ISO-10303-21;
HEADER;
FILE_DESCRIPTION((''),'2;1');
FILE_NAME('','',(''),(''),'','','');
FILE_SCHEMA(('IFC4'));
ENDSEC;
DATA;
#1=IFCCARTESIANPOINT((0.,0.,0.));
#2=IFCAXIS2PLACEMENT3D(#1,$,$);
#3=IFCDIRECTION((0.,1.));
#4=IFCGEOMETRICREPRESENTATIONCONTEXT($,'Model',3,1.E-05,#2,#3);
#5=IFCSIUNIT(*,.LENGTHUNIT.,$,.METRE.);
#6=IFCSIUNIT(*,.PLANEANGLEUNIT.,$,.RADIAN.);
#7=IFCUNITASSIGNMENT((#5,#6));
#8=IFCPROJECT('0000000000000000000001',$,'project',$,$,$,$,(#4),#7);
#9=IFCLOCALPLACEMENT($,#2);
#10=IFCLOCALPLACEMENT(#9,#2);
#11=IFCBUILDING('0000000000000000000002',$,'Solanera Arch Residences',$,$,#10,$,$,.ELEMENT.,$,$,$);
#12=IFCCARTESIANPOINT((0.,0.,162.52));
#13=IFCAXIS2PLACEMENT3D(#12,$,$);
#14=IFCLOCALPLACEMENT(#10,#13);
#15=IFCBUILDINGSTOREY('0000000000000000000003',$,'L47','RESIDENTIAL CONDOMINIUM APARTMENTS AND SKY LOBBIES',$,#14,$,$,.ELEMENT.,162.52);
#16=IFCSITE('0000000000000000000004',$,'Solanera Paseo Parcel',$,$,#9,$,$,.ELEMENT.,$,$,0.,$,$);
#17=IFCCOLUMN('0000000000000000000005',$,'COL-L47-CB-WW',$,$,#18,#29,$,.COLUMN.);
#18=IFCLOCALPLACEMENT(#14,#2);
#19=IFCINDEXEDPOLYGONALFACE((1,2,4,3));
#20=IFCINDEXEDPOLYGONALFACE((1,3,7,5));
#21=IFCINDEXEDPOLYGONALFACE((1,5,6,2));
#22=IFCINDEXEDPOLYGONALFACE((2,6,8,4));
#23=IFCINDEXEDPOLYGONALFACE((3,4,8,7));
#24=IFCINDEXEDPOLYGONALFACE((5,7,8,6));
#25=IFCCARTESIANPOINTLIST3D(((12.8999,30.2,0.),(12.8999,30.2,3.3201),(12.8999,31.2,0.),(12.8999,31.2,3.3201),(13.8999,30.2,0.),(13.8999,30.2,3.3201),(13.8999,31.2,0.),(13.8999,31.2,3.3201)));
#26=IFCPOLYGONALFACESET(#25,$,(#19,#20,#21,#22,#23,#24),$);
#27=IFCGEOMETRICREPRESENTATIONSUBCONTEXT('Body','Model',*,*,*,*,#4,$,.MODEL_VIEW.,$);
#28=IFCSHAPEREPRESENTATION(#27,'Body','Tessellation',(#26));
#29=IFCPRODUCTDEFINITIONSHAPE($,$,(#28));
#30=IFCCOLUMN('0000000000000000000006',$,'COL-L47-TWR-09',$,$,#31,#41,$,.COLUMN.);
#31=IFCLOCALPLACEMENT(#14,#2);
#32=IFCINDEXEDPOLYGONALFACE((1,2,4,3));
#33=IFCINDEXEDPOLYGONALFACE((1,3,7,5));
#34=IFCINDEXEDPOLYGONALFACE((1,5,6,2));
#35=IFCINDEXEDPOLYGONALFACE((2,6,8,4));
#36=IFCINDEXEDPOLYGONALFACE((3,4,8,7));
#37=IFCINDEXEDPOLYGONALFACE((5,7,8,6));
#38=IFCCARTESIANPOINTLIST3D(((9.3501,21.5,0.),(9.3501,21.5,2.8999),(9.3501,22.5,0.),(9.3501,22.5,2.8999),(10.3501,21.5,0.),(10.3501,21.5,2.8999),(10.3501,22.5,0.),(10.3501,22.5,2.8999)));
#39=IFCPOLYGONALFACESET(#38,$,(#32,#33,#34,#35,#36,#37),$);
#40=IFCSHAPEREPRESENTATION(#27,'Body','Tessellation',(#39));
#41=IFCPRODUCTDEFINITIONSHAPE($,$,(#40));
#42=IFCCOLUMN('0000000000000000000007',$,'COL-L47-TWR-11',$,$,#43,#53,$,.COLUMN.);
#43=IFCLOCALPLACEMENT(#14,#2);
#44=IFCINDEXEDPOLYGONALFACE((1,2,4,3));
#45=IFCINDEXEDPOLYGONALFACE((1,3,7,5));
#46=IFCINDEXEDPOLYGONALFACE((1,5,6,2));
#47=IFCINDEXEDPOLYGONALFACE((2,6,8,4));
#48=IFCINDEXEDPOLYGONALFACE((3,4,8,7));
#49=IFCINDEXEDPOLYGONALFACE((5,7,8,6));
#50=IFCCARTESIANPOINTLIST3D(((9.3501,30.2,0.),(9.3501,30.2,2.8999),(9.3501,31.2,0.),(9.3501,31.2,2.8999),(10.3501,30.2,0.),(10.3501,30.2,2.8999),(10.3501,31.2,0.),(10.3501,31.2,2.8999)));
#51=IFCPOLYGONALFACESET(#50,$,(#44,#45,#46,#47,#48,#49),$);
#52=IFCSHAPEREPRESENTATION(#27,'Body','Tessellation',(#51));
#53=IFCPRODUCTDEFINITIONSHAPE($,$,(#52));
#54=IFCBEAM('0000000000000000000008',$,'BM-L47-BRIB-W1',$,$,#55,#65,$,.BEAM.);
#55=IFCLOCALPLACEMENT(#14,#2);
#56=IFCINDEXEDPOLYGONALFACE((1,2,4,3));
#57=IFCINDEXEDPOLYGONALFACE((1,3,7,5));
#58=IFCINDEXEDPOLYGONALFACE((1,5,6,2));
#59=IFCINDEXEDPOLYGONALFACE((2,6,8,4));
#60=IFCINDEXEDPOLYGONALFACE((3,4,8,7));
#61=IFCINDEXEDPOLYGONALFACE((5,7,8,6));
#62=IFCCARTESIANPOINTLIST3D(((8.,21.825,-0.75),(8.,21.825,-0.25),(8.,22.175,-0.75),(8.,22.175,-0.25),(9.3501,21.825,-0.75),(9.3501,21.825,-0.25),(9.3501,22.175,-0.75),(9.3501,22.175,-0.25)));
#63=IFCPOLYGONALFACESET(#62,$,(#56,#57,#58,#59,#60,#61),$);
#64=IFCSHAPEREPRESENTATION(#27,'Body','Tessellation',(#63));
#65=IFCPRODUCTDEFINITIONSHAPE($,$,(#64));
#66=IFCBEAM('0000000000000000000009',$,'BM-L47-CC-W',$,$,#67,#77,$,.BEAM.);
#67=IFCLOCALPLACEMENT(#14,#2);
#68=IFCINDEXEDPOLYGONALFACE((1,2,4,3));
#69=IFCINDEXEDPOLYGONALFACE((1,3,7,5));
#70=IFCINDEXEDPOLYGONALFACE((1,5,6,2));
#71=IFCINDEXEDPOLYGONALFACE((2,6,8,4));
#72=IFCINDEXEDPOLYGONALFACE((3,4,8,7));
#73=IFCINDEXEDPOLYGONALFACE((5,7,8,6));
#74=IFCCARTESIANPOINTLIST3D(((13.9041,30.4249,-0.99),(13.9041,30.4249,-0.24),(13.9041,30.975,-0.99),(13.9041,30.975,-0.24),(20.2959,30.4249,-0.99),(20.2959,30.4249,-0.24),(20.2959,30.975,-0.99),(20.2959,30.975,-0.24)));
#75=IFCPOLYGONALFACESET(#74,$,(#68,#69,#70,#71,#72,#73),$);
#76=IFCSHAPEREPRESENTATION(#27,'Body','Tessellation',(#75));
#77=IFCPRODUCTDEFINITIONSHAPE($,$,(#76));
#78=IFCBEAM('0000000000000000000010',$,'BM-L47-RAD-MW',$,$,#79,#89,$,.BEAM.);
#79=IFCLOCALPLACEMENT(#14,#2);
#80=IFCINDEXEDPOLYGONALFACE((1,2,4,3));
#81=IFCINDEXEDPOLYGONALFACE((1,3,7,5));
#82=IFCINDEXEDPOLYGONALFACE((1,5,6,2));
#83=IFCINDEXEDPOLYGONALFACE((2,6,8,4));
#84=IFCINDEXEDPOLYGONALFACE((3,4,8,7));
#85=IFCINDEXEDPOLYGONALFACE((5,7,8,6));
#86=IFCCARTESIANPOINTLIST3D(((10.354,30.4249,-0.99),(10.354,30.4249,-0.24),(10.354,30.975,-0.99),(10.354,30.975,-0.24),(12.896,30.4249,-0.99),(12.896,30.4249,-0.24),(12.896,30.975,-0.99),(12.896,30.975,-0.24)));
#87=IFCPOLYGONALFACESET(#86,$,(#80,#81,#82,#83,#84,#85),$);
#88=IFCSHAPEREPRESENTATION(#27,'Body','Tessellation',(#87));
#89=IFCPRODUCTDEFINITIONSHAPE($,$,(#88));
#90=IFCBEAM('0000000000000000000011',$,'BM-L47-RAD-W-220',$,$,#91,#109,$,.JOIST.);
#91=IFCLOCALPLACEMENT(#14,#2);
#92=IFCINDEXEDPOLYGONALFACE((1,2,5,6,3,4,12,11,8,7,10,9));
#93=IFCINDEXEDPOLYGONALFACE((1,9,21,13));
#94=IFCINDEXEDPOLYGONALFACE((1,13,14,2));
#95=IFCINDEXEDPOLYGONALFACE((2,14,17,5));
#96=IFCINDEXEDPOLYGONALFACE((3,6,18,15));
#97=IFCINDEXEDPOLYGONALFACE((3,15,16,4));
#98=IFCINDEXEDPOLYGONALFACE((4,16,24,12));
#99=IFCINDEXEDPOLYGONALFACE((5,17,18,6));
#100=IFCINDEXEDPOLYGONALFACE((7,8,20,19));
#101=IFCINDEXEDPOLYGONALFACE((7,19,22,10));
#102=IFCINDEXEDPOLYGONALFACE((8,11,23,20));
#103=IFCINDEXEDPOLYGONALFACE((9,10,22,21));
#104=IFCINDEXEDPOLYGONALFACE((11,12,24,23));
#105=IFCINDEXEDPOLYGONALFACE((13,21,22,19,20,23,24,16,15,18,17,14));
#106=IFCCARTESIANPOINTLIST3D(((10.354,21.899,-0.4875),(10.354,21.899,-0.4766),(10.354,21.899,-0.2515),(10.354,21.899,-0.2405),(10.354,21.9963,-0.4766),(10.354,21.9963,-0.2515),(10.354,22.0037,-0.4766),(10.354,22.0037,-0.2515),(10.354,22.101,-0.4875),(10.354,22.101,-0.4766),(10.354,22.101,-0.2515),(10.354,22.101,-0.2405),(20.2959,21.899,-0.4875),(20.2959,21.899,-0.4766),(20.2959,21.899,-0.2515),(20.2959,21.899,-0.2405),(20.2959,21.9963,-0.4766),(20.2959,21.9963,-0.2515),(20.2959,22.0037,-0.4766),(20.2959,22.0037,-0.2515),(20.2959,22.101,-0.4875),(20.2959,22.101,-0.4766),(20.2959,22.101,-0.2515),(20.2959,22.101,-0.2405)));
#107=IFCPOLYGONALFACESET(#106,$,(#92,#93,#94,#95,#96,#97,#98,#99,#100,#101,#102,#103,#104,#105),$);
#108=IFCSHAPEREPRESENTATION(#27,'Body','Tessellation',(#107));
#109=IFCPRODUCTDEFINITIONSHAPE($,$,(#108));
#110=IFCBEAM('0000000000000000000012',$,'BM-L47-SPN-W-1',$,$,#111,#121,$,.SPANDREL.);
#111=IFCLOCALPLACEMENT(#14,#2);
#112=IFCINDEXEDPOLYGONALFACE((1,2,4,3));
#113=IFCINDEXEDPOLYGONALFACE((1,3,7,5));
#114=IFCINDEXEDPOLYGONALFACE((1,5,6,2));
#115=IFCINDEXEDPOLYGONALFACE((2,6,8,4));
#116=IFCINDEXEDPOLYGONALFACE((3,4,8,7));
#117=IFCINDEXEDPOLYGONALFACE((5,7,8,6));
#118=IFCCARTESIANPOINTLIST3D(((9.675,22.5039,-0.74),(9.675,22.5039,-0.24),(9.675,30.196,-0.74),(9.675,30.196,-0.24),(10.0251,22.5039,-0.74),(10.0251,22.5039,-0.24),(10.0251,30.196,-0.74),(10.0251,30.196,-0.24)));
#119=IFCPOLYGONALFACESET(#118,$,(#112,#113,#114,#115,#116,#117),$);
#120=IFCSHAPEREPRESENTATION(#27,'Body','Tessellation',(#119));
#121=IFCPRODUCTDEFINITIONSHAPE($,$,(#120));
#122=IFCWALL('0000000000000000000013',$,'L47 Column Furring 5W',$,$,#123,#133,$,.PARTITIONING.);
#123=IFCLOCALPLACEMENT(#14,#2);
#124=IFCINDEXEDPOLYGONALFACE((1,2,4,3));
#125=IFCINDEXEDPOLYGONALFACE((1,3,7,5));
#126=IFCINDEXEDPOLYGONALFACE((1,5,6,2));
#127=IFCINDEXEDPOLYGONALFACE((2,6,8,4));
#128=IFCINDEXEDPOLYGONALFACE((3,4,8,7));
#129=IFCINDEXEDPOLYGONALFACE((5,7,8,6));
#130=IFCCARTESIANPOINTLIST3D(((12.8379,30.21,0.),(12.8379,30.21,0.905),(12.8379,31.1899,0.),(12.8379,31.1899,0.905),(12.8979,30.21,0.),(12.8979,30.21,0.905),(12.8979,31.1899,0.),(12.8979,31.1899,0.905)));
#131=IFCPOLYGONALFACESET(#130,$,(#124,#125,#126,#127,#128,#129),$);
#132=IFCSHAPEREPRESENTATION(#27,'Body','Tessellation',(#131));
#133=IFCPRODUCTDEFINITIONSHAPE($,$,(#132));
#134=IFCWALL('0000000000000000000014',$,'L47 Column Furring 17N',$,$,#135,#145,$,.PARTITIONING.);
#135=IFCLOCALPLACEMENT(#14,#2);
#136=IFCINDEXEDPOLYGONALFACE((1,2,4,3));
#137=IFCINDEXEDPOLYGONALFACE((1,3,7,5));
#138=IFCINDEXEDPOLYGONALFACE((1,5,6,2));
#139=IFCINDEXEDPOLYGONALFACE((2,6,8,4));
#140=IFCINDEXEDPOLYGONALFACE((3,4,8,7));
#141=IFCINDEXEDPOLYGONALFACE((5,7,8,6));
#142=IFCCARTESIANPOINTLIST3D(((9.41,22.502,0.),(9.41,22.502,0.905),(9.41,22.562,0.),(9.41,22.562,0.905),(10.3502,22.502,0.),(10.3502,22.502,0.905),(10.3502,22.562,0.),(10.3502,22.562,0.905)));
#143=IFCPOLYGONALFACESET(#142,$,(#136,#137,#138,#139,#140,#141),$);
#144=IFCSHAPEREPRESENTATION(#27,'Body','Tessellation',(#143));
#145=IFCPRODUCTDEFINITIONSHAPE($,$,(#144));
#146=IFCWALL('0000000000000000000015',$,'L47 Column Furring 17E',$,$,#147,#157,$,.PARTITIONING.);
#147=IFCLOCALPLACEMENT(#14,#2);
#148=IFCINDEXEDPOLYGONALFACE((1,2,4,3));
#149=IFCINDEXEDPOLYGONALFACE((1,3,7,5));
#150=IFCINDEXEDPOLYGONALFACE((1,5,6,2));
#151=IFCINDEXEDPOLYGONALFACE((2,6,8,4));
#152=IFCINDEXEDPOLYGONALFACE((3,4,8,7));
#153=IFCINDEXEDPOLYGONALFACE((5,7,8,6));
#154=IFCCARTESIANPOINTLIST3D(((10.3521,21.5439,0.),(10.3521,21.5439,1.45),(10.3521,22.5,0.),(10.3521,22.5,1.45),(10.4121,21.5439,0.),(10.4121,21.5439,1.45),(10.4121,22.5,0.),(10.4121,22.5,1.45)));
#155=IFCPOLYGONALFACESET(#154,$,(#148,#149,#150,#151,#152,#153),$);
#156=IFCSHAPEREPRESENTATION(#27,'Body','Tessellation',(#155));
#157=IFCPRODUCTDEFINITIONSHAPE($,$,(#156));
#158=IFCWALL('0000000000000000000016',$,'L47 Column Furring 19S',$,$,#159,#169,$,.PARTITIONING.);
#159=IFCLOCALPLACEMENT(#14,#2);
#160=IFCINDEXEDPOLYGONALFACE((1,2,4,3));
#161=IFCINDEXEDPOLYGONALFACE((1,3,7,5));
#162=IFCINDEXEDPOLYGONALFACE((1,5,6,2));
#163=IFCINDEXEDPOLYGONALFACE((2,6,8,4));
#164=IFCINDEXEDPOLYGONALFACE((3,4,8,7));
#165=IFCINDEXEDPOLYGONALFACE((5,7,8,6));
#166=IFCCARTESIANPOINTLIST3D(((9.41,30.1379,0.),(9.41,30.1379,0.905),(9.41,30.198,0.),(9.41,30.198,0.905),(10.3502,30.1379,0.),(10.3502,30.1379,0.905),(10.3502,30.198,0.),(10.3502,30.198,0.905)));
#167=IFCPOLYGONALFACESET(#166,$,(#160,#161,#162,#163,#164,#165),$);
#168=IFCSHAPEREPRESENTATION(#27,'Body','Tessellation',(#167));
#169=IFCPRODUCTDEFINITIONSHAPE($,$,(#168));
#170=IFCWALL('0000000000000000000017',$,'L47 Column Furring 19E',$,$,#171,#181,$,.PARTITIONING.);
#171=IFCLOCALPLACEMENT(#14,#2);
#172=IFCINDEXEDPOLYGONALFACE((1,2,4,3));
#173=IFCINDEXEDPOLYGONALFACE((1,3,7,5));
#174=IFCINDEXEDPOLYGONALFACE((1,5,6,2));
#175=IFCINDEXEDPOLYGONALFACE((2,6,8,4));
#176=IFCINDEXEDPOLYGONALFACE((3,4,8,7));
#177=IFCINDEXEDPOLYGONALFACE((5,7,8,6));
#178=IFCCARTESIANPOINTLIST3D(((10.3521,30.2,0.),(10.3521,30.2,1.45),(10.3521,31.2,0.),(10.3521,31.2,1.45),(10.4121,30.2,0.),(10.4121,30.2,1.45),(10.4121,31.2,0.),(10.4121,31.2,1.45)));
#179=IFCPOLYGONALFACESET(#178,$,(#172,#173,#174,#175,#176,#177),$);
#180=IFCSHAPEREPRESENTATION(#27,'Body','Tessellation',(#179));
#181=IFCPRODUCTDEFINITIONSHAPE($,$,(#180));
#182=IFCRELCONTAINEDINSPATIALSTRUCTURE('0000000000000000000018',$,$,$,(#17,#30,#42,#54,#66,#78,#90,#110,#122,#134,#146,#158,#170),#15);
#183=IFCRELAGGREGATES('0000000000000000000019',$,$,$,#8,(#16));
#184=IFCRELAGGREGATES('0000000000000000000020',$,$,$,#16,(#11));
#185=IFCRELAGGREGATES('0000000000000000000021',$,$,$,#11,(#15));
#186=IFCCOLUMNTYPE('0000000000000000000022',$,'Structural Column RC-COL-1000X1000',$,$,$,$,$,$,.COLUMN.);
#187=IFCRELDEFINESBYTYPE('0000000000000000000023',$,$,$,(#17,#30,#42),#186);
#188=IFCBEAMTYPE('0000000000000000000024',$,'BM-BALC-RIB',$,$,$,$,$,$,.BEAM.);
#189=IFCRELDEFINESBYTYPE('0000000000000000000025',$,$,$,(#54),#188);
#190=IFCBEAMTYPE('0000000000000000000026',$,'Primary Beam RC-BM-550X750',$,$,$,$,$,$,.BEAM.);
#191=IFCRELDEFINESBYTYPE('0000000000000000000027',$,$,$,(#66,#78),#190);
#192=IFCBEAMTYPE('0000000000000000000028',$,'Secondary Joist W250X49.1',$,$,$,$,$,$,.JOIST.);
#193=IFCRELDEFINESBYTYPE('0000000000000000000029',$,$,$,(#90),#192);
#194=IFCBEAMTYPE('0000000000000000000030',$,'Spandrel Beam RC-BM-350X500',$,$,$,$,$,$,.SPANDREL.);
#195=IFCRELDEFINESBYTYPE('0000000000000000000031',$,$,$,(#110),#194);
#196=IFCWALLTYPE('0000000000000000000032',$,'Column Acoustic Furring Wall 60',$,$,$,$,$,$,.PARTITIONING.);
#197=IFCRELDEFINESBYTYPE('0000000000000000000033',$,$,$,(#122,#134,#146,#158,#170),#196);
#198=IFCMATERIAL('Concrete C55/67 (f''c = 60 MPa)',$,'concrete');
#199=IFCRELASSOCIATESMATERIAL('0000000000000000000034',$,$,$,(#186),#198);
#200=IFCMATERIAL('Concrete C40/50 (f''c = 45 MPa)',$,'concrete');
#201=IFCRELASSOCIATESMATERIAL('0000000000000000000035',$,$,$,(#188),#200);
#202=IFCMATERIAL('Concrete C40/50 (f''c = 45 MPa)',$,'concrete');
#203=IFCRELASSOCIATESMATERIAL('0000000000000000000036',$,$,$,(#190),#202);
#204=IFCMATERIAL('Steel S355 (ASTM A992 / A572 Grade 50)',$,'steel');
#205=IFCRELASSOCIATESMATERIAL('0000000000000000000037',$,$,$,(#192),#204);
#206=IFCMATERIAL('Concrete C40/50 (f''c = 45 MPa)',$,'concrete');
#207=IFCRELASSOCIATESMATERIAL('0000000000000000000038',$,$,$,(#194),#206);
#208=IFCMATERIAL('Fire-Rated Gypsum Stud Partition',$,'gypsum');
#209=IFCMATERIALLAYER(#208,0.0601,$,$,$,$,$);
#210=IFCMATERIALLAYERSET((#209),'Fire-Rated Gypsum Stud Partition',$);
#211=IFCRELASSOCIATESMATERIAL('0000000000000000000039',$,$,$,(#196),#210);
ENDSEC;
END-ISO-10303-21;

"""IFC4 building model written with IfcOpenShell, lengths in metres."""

from ifc_helpers import new_model, si_unit, direction, frame, frame_2d, origin, origin_2d, place, context, subcontext, project, spatial, rectangle, i_section, extrude, material, layer, layer_set, material_profile, profile_set, type_object, element, save


model = new_model("IFC4")

# Units and contexts
model_context = context("Model", 3, precision=1e-05, world=origin(), true_north=direction((0.0, 1.0)))
body_context = subcontext(model_context, "Body", "Model", "MODEL_VIEW")
ifc_project = project(units=[si_unit("LENGTHUNIT", "METRE"), si_unit("PLANEANGLEUNIT", "RADIAN")], contexts=[model_context])

# Site, building, storey
site_placement = place(None, origin())
site = spatial("IfcSite", under=ifc_project, at=site_placement, Name="Solanera Paseo Parcel", CompositionType="ELEMENT", RefElevation=0.0)
building_placement = place(site_placement, origin())
building = spatial("IfcBuilding", under=site, at=building_placement, Name="Solanera Arch Residences", CompositionType="ELEMENT")
storey_placement = place(building_placement, frame((0.0, 0.0, 162.52)))
storey = spatial("IfcBuildingStorey", under=building, at=storey_placement, Name="L47", Description="RESIDENTIAL CONDOMINIUM APARTMENTS AND SKY LOBBIES", CompositionType="ELEMENT", Elevation=162.52)

# Columns
ifc_material_1 = material(Name="Concrete C55/67 (f'c = 60 MPa)", Category="concrete")
ifc_material_profile_1 = material_profile(ifc_material_1, rectangle(XDim=1.0, YDim=1.0, at=origin_2d()))
ifc_profile_set_1 = profile_set([ifc_material_profile_1], Name="Concrete C55/67 (f'c = 60 MPa)")
column_type = type_object("IfcColumnType", Name="Structural Column RC-COL-1000X1000", PredefinedType="COLUMN", material=ifc_profile_set_1)
column_placement = place(storey_placement, frame((13.3999, 30.7, 0.0), z_axis=(0.0, 0.0, 1.0), x_axis=(1.0, 0.0, 0.0)))
element("IfcColumn", 1, at=column_placement, inside=storey, type_object=column_type, Name="COL-L47-CB-WW", PredefinedType="COLUMN", context=body_context, shape_type="SweptSolid", body=[
    extrude(rectangle(XDim=1.0, YDim=1.0, at=origin_2d()), origin(), (0.0, 0.0, 1.0), 3.3201),
])
for number, where, z_axis, x_axis, name in (
    (2, (9.8501, 22.0, 0.0), (0.0, 0.0, 1.0), (1.0, 0.0, 0.0), "COL-L47-TWR-09"),
    (3, (9.8501, 30.7, 0.0), (0.0, 0.0, 1.0), (1.0, 0.0, 0.0), "COL-L47-TWR-11"),
):
    element("IfcColumn", number, at=place(storey_placement, frame(where, z_axis=z_axis, x_axis=x_axis)), inside=storey, type_object=column_type, Name=name, PredefinedType="COLUMN", context=body_context, shape_type="SweptSolid", body=[
        extrude(rectangle(XDim=1.0, YDim=1.0, at=origin_2d()), origin(), (0.0, 0.0, 1.0), 2.8999),
    ])

# Beams
ifc_material_2 = material(Name="Concrete C40/50 (f'c = 45 MPa)", Category="concrete")
ifc_material_profile_2 = material_profile(ifc_material_2, rectangle(XDim=0.3501, YDim=0.5, at=origin_2d()))
ifc_profile_set_2 = profile_set([ifc_material_profile_2], Name="Concrete C40/50 (f'c = 45 MPa)")
beam_type_1 = type_object("IfcBeamType", Name="BM-BALC-RIB", PredefinedType="BEAM", material=ifc_profile_set_2)
beam_1_placement = place(storey_placement, frame((8.0, 22.0, -0.5), z_axis=(1.0, 0.0, 0.0), x_axis=(0.0, 1.0, 0.0)))
element("IfcBeam", 4, at=beam_1_placement, inside=storey, type_object=beam_type_1, Name="BM-L47-BRIB-W1", PredefinedType="BEAM", context=body_context, shape_type="SweptSolid", body=[
    extrude(rectangle(XDim=0.3501, YDim=0.5, at=origin_2d()), origin(), (0.0, 0.0, 1.0), 1.3501),
])
ifc_material_3 = material(Name="Concrete C40/50 (f'c = 45 MPa)", Category="concrete")
ifc_material_profile_3 = material_profile(ifc_material_3, rectangle(XDim=0.55, YDim=0.75, at=origin_2d()))
ifc_profile_set_3 = profile_set([ifc_material_profile_3], Name="Concrete C40/50 (f'c = 45 MPa)")
beam_type_2 = type_object("IfcBeamType", Name="Primary Beam RC-BM-550X750", PredefinedType="BEAM", material=ifc_profile_set_3)
beam_2_placement = place(storey_placement, frame((13.9041, 30.7, -0.615), z_axis=(1.0, 0.0, 0.0), x_axis=(0.0, 1.0, 0.0)))
element("IfcBeam", 5, at=beam_2_placement, inside=storey, type_object=beam_type_2, Name="BM-L47-CC-W", PredefinedType="BEAM", context=body_context, shape_type="SweptSolid", body=[
    extrude(rectangle(XDim=0.55, YDim=0.75, at=origin_2d()), origin(), (0.0, 0.0, 1.0), 6.3918),
])
beam_3_placement = place(storey_placement, frame((10.354, 30.7, -0.615), z_axis=(1.0, 0.0, 0.0), x_axis=(0.0, 1.0, 0.0)))
element("IfcBeam", 6, at=beam_3_placement, inside=storey, type_object=beam_type_2, Name="BM-L47-RAD-MW", PredefinedType="BEAM", context=body_context, shape_type="SweptSolid", body=[
    extrude(rectangle(XDim=0.55, YDim=0.75, at=origin_2d()), origin(), (0.0, 0.0, 1.0), 2.542),
])
ifc_material_4 = material(Name="Steel S355 (ASTM A992 / A572 Grade 50)", Category="steel")
ifc_material_profile_4 = material_profile(ifc_material_4, i_section(OverallWidth=0.2019, OverallDepth=0.2471, WebThickness=0.0073, FlangeThickness=0.011, at=origin_2d()))
ifc_profile_set_4 = profile_set([ifc_material_profile_4], Name="Steel S355 (ASTM A992 / A572 Grade 50)")
beam_type_3 = type_object("IfcBeamType", Name="Secondary Joist W250X49.1", PredefinedType="JOIST", material=ifc_profile_set_4)
beam_4_placement = place(storey_placement, frame((10.354, 22.0, -0.364), z_axis=(1.0, 0.0, 0.0), x_axis=(0.0, 1.0, 0.0)))
element("IfcBeam", 7, at=beam_4_placement, inside=storey, type_object=beam_type_3, Name="BM-L47-RAD-W-220", PredefinedType="JOIST", context=body_context, shape_type="SweptSolid", body=[
    extrude(i_section(OverallWidth=0.2019, OverallDepth=0.2471, WebThickness=0.0073, FlangeThickness=0.011, at=origin_2d()), origin(), (0.0, 0.0, 1.0), 9.9419),
])
ifc_material_5 = material(Name="Concrete C40/50 (f'c = 45 MPa)", Category="concrete")
ifc_material_profile_5 = material_profile(ifc_material_5, rectangle(XDim=0.3501, YDim=0.5, at=origin_2d()))
ifc_profile_set_5 = profile_set([ifc_material_profile_5], Name="Concrete C40/50 (f'c = 45 MPa)")
beam_type_4 = type_object("IfcBeamType", Name="Spandrel Beam RC-BM-350X500", PredefinedType="SPANDREL", material=ifc_profile_set_5)
beam_5_placement = place(storey_placement, frame((9.8501, 22.5039, -0.49), z_axis=(0.0, 1.0, 0.0), x_axis=(-1.0, 0.0, 0.0)))
element("IfcBeam", 8, at=beam_5_placement, inside=storey, type_object=beam_type_4, Name="BM-L47-SPN-W-1", PredefinedType="SPANDREL", context=body_context, shape_type="SweptSolid", body=[
    extrude(rectangle(XDim=0.3501, YDim=0.5, at=origin_2d()), origin(), (0.0, 0.0, 1.0), 7.6921),
])

# Walls
ifc_material_6 = material(Name="Fire-Rated Gypsum Stud Partition", Category="gypsum")
ifc_layer_1 = layer(ifc_material_6, 0.0601)
ifc_layer_set_1 = layer_set([ifc_layer_1], Name="Fire-Rated Gypsum Stud Partition")
wall_type_1 = type_object("IfcWallType", Name="Column Acoustic Furring Wall 60", PredefinedType="PARTITIONING", material=ifc_layer_set_1)
wall_1_placement = place(storey_placement, frame((12.8679, 30.21, 0.0), z_axis=(0.0, 0.0, 1.0), x_axis=(0.0, 1.0, 0.0)))
element("IfcWall", 9, at=wall_1_placement, inside=storey, type_object=wall_type_1, Name="L47 Column Furring 5W", PredefinedType="PARTITIONING", context=body_context, shape_type="SweptSolid", body=[
    extrude(rectangle(XDim=0.98, YDim=0.0601, at=frame_2d((0.49, 0.0))), origin(), (0.0, 0.0, 1.0), 0.905),
])
wall_2_placement = place(storey_placement, frame((9.4099, 22.532, 0.0), z_axis=(0.0, 0.0, 1.0), x_axis=(1.0, 0.0, 0.0)))
element("IfcWall", 10, at=wall_2_placement, inside=storey, type_object=wall_type_1, Name="L47 Column Furring 17N", PredefinedType="PARTITIONING", context=body_context, shape_type="SweptSolid", body=[
    extrude(rectangle(XDim=0.9402, YDim=0.0601, at=frame_2d((0.4702, 0.0))), origin(), (0.0, 0.0, 1.0), 0.905),
])
wall_3_placement = place(storey_placement, frame((10.3821, 21.5439, 0.0), z_axis=(0.0, 0.0, 1.0), x_axis=(0.0, 1.0, 0.0)))
element("IfcWall", 11, at=wall_3_placement, inside=storey, type_object=wall_type_1, Name="L47 Column Furring 17E", PredefinedType="PARTITIONING", context=body_context, shape_type="SweptSolid", body=[
    extrude(rectangle(XDim=0.9561, YDim=0.0601, at=frame_2d((0.478, 0.0))), origin(), (0.0, 0.0, 1.0), 1.45),
])
wall_4_placement = place(storey_placement, frame((9.4099, 30.168, 0.0), z_axis=(0.0, 0.0, 1.0), x_axis=(1.0, 0.0, 0.0)))
element("IfcWall", 12, at=wall_4_placement, inside=storey, type_object=wall_type_1, Name="L47 Column Furring 19S", PredefinedType="PARTITIONING", context=body_context, shape_type="SweptSolid", body=[
    extrude(rectangle(XDim=0.9402, YDim=0.0601, at=frame_2d((0.4702, 0.0))), origin(), (0.0, 0.0, 1.0), 0.905),
])
wall_5_placement = place(storey_placement, frame((10.3821, 30.2, 0.0), z_axis=(0.0, 0.0, 1.0), x_axis=(0.0, 1.0, 0.0)))
element("IfcWall", 13, at=wall_5_placement, inside=storey, type_object=wall_type_1, Name="L47 Column Furring 19E", PredefinedType="PARTITIONING", context=body_context, shape_type="SweptSolid", body=[
    extrude(rectangle(XDim=1.0, YDim=0.0601, at=frame_2d((0.5, 0.0))), origin(), (0.0, 0.0, 1.0), 1.45),
])

save(model, "model.ifc")
